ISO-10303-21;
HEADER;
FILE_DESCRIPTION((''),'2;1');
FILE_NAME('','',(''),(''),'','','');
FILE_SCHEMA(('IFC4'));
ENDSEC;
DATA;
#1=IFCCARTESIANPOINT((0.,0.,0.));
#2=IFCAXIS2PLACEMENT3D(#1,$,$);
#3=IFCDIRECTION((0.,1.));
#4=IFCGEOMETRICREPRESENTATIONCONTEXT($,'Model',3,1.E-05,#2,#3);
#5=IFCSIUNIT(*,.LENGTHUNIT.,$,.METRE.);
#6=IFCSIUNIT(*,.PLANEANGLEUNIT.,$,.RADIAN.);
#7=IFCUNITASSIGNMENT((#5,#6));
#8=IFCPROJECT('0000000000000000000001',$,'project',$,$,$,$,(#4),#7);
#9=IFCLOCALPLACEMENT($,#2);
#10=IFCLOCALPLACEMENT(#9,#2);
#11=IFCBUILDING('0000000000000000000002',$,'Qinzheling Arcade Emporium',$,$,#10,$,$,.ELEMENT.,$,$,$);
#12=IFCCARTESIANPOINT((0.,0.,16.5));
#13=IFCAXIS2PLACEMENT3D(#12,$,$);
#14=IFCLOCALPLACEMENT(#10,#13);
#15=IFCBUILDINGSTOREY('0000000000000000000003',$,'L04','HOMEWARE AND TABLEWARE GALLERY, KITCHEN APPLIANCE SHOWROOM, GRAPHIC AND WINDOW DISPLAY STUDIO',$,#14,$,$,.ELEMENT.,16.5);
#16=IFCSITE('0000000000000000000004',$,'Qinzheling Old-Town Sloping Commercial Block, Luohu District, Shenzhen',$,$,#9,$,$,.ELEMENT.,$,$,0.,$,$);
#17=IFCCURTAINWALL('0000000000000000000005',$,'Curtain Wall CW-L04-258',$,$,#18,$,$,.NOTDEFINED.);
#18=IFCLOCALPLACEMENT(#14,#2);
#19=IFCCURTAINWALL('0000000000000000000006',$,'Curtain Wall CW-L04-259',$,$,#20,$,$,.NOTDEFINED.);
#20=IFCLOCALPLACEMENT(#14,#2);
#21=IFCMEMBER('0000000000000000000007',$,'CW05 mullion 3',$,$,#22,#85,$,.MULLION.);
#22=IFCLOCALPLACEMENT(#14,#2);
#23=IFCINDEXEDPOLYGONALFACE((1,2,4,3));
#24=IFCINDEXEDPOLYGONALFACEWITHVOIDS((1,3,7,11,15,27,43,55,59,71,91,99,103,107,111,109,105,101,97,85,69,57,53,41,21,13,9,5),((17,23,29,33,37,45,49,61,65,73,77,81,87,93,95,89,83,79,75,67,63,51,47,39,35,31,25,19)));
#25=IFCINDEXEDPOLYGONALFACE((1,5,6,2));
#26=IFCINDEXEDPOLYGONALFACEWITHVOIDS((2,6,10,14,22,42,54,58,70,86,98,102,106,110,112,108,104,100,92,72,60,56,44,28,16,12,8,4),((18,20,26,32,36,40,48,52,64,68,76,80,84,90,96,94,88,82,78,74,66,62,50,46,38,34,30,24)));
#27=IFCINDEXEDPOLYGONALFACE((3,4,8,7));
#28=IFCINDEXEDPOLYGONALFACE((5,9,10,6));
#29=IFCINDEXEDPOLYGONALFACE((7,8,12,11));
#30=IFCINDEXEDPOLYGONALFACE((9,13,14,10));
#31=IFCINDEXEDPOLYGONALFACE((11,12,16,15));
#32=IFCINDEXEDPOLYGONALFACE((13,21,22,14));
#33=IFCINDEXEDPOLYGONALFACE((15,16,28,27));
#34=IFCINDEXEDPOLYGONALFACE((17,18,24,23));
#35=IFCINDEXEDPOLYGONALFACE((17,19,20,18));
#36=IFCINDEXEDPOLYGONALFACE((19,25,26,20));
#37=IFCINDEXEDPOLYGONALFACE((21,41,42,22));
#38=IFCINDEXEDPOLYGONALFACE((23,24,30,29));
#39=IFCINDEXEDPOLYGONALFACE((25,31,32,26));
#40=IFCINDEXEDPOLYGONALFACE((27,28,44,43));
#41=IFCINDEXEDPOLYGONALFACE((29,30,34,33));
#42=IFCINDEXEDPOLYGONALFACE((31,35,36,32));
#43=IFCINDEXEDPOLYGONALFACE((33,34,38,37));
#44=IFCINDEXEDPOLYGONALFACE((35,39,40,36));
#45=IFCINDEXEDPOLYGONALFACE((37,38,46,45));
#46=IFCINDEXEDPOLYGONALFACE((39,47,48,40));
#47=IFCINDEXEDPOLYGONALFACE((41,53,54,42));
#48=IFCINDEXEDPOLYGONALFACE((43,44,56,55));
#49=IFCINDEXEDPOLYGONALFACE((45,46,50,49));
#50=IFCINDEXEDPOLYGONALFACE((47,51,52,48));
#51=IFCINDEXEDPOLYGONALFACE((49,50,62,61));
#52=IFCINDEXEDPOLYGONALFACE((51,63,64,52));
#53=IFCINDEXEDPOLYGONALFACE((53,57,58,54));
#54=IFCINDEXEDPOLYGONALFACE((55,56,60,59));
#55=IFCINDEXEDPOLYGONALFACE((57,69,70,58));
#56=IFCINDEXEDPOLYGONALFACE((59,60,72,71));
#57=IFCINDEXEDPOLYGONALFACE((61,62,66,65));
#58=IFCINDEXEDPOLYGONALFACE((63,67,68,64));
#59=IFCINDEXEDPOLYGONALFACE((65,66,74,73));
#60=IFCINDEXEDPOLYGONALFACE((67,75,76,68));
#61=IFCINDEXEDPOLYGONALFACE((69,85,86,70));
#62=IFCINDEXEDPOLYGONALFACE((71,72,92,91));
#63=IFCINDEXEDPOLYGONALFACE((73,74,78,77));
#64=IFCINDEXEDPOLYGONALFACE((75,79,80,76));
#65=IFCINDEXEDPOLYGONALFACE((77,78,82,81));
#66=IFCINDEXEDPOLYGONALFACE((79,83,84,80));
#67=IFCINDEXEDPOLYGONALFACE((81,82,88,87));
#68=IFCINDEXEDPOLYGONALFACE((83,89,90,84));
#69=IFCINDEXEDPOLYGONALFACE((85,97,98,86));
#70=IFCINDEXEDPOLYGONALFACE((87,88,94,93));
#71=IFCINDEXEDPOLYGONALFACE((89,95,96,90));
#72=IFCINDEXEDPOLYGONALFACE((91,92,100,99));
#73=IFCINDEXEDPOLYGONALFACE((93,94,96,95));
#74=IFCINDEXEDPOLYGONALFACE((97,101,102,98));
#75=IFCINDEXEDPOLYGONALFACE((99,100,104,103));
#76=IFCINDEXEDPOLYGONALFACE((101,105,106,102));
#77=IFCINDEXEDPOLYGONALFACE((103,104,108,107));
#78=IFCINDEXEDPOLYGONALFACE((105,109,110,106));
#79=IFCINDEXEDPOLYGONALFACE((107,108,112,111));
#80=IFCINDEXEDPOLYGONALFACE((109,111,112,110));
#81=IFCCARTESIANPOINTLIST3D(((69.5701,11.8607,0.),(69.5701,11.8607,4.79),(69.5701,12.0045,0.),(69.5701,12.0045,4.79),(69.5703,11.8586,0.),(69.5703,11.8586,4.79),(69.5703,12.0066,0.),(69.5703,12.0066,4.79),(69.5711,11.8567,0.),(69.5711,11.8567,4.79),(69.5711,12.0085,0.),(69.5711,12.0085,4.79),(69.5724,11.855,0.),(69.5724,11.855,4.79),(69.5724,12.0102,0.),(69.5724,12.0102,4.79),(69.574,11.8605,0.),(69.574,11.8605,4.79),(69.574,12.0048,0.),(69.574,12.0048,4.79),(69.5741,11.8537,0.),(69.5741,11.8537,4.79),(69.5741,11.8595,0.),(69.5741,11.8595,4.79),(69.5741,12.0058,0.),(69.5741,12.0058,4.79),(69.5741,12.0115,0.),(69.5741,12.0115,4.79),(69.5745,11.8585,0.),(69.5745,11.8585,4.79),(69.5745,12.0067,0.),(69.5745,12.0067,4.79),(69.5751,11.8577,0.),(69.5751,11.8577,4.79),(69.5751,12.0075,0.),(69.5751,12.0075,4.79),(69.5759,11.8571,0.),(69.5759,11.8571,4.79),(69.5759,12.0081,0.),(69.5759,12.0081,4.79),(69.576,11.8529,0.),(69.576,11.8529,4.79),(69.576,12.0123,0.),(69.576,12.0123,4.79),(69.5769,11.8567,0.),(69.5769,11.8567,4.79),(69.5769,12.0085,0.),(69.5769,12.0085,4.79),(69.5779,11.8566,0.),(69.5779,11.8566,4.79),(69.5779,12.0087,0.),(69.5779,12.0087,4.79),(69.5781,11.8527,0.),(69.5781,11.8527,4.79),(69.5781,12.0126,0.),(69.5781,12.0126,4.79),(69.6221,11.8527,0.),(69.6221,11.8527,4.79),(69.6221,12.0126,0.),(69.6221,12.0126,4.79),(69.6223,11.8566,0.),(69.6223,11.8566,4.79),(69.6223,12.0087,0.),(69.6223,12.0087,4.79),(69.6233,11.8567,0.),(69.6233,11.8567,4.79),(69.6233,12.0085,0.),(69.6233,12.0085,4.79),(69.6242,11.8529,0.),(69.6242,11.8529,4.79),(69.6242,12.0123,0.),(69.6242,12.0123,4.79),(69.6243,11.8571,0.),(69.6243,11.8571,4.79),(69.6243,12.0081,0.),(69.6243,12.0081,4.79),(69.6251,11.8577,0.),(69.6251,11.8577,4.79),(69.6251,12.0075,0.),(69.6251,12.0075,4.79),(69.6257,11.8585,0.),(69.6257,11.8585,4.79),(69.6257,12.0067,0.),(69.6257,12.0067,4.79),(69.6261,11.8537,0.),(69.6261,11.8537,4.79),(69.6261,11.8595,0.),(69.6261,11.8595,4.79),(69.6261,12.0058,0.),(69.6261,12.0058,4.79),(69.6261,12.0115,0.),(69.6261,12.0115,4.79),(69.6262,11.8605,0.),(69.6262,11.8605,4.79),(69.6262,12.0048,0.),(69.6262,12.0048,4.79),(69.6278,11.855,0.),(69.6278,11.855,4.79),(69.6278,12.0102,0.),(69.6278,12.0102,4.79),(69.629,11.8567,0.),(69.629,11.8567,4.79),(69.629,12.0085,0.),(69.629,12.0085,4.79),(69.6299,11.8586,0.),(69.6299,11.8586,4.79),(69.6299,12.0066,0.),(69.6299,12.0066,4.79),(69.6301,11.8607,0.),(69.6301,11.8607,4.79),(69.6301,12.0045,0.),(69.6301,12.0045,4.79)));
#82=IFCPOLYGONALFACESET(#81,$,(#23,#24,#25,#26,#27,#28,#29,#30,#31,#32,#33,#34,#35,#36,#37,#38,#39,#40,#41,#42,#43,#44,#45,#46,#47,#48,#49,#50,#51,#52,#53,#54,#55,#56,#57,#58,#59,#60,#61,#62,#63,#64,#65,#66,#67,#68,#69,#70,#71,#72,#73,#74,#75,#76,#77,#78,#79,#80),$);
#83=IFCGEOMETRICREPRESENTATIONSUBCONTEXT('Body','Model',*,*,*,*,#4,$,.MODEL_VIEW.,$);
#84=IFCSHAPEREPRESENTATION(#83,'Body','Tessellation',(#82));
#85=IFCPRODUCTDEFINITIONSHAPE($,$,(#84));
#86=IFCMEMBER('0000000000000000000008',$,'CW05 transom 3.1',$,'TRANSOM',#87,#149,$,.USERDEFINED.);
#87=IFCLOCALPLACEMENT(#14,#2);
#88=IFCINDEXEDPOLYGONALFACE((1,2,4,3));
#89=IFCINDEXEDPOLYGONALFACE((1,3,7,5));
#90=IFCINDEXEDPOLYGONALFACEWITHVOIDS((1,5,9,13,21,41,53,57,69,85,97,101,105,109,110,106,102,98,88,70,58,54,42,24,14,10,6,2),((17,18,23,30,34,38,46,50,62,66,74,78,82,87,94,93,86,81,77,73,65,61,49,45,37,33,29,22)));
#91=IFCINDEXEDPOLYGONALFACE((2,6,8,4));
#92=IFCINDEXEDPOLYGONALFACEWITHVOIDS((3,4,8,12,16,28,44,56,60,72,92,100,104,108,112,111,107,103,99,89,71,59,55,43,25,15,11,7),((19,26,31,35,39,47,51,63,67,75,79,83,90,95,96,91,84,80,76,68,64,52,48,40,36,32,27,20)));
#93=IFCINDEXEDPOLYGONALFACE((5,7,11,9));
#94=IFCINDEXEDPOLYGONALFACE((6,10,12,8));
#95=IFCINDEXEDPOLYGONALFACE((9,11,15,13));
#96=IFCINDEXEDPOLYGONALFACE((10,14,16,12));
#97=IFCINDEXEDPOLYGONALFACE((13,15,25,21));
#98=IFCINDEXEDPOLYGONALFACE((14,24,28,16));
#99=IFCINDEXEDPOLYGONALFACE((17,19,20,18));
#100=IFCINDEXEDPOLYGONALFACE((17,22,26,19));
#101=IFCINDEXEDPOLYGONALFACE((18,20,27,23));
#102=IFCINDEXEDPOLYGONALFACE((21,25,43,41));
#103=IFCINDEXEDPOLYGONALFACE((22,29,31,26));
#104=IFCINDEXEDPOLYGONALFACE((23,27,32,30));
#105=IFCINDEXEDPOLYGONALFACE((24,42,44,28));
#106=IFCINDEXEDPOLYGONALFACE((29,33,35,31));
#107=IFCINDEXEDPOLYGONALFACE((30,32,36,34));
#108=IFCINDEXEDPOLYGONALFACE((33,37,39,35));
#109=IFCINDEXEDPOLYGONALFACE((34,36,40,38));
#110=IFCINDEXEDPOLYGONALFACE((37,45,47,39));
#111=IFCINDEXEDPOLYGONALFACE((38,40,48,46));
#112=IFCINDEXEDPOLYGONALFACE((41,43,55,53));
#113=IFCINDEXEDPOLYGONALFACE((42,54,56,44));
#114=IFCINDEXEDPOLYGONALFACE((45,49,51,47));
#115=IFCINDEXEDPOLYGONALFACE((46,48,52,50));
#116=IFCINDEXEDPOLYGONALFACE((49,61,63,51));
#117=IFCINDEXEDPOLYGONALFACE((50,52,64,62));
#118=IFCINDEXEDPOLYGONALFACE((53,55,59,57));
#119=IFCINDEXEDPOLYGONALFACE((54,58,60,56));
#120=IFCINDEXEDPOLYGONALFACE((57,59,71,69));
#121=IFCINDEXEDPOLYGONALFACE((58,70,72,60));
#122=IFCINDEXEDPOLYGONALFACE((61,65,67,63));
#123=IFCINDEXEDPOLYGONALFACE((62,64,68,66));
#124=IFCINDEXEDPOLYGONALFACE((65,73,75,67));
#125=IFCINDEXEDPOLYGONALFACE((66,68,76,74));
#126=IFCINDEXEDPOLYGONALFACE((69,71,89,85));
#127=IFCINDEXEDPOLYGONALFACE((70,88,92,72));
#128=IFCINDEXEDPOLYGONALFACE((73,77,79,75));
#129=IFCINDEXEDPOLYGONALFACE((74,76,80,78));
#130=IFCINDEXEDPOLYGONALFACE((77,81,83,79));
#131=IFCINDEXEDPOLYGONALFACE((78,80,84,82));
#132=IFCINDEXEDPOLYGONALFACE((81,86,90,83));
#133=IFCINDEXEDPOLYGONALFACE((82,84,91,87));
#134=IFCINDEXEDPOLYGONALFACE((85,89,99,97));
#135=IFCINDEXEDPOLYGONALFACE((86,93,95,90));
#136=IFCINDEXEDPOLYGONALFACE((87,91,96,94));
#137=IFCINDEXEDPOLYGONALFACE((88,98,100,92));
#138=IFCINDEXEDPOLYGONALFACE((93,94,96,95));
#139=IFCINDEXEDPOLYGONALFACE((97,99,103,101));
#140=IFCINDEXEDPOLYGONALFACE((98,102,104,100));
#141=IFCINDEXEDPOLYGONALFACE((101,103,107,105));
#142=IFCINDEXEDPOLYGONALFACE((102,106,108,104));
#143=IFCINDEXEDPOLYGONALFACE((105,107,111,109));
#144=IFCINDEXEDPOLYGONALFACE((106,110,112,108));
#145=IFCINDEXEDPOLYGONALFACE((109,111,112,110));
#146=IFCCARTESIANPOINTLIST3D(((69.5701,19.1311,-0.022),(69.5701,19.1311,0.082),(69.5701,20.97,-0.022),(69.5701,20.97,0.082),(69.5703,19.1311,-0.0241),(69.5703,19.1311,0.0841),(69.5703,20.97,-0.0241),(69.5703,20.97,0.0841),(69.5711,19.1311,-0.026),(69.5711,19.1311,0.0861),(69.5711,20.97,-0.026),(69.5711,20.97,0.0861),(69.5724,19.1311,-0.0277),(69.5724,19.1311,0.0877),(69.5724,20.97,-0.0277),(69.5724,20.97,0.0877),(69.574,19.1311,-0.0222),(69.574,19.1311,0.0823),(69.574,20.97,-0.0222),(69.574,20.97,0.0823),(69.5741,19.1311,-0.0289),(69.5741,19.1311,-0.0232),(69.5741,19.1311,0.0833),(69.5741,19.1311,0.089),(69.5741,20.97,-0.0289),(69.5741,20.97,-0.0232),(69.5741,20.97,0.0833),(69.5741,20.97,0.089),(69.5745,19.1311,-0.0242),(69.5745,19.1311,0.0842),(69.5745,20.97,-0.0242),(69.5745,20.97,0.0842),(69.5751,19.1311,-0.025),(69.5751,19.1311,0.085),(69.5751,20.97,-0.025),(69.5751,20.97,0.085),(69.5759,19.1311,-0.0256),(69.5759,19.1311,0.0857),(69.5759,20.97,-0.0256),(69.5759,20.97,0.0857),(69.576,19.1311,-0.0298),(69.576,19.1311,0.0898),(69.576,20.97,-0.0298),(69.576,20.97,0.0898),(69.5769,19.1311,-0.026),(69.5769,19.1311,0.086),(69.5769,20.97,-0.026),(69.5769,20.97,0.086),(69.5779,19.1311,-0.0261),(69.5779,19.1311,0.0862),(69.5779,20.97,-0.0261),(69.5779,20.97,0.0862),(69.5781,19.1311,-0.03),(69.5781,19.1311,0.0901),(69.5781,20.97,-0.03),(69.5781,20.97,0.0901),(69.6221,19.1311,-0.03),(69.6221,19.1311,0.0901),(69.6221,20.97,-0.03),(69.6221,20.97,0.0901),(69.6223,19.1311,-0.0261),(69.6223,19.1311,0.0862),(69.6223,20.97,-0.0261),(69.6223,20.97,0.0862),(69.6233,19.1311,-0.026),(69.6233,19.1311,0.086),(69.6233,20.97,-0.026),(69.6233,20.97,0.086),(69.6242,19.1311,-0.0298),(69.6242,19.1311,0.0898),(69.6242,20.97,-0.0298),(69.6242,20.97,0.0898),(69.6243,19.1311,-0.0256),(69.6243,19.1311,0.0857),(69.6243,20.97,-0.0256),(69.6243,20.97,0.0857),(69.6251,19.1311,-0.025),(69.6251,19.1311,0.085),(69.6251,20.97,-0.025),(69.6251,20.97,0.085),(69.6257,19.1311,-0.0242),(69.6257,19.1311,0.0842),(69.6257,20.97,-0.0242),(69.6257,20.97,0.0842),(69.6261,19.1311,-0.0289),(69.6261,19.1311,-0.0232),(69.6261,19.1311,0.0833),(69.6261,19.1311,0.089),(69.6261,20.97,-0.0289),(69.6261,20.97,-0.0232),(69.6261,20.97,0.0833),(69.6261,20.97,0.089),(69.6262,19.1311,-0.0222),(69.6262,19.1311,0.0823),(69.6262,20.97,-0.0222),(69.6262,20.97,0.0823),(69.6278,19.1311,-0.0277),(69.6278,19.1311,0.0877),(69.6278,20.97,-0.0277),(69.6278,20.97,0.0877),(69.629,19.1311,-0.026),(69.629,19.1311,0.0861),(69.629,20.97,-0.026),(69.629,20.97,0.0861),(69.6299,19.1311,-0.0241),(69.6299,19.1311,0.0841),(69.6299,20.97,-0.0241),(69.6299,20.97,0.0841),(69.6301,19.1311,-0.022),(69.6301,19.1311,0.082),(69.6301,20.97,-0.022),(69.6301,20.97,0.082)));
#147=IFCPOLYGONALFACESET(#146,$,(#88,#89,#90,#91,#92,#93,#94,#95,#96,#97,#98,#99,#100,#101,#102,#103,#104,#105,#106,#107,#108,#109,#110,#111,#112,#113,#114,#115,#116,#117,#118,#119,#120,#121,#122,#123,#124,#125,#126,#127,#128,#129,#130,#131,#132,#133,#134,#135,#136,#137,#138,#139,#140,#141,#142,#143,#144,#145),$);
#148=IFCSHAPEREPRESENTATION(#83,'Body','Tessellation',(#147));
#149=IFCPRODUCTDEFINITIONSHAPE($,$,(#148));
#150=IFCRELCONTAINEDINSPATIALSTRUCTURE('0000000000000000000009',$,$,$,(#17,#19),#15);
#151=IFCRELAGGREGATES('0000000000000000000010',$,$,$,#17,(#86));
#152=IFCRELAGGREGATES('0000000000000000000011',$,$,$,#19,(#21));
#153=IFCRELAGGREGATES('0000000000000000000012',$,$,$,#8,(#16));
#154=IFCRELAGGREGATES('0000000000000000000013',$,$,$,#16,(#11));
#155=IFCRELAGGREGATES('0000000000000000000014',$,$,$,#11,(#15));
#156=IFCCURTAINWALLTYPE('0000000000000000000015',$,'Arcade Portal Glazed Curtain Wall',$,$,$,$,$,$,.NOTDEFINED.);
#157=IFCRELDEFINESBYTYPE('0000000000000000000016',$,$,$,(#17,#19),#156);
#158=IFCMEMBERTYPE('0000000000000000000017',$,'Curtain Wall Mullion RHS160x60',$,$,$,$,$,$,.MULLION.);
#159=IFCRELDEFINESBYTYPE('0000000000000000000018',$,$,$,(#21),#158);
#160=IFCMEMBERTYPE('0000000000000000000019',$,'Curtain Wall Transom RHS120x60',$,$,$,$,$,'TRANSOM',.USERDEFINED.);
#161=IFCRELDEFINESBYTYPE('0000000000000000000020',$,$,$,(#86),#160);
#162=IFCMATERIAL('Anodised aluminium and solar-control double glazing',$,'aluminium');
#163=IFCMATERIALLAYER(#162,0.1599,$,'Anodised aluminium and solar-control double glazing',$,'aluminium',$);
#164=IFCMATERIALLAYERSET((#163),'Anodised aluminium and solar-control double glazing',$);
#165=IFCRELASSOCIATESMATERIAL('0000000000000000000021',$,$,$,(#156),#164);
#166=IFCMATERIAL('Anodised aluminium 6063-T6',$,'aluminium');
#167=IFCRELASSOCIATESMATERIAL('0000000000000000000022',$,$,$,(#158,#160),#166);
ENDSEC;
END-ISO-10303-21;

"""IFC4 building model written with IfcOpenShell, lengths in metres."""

from ifc_helpers import new_model, si_unit, direction, frame, origin, origin_2d, place, context, subcontext, project, spatial, hollow_rectangle, extrude, material, layer, layer_set, material_profile, profile_set, type_object, element, aggregate, save


model = new_model("IFC4")

# Units and contexts
model_context = context("Model", 3, precision=1e-05, world=origin(), true_north=direction((0.0, 1.0)))
body_context = subcontext(model_context, "Body", "Model", "MODEL_VIEW")
ifc_project = project(units=[si_unit("LENGTHUNIT", "METRE"), si_unit("PLANEANGLEUNIT", "RADIAN")], contexts=[model_context])

# Site, building, storey
site_placement = place(None, origin())
site = spatial("IfcSite", under=ifc_project, at=site_placement, Name="Qinzheling Old-Town Sloping Commercial Block, Luohu District, Shenzhen", CompositionType="ELEMENT", RefElevation=0.0)
building_placement = place(site_placement, origin())
building = spatial("IfcBuilding", under=site, at=building_placement, Name="Qinzheling Arcade Emporium", CompositionType="ELEMENT")
storey_placement = place(building_placement, frame((0.0, 0.0, 16.5)))
storey = spatial("IfcBuildingStorey", under=building, at=storey_placement, Name="L04", Description="HOMEWARE AND TABLEWARE GALLERY, KITCHEN APPLIANCE SHOWROOM, GRAPHIC AND WINDOW DISPLAY STUDIO", CompositionType="ELEMENT", Elevation=16.5)

# Curtain walls, member
ifc_material_1 = material(Name="Anodised aluminium and solar-control double glazing", Category="aluminium")
ifc_layer_1 = layer(ifc_material_1, 0.1599, Name="Anodised aluminium and solar-control double glazing", Category="aluminium")
ifc_layer_set_1 = layer_set([ifc_layer_1], Name="Anodised aluminium and solar-control double glazing")
curtain_wall_type = type_object("IfcCurtainWallType", Name="Arcade Portal Glazed Curtain Wall", PredefinedType="NOTDEFINED", material=ifc_layer_set_1)
curtain_wall_1_placement = place(storey_placement, origin())
curtain_wall_1 = element("IfcCurtainWall", 1, at=curtain_wall_1_placement, inside=storey, type_object=curtain_wall_type, Name="Curtain Wall CW-L04-258", PredefinedType="NOTDEFINED")
ifc_material_2 = material(Name="Anodised aluminium 6063-T6", Category="aluminium")
ifc_material_profile_1 = material_profile(ifc_material_2, hollow_rectangle(XDim=0.0601, YDim=0.1599, WallThickness=0.0039, InnerFilletRadius=0.0039, OuterFilletRadius=0.0081, at=origin_2d()), Name="RHS 160x60x4", Category="aluminium")
ifc_profile_set_1 = profile_set([ifc_material_profile_1], Name="Anodised aluminium 6063-T6")
member_type_1 = type_object("IfcMemberType", Name="Curtain Wall Mullion RHS160x60", PredefinedType="MULLION", material=ifc_profile_set_1)
curtain_wall_2_placement = place(storey_placement, origin())
curtain_wall_2 = element("IfcCurtainWall", 2, at=curtain_wall_2_placement, inside=storey, type_object=curtain_wall_type, Name="Curtain Wall CW-L04-259", PredefinedType="NOTDEFINED")
member_1_placement = place(storey_placement, frame((69.6001, 11.9326, 0.0), z_axis=(0.0, 0.0, 1.0), x_axis=(1.0, 0.0, 0.0)))
member_1 = element("IfcMember", 3, at=member_1_placement, type_object=member_type_1, Name="CW05 mullion 3", PredefinedType="MULLION", context=body_context, shape_type="SweptSolid", body=[
    extrude(hollow_rectangle(XDim=0.0601, YDim=0.1599, WallThickness=0.0039, InnerFilletRadius=0.0039, OuterFilletRadius=0.0081, at=origin_2d()), origin(), (0.0, 0.0, 1.0), 4.79),
])

# Member
ifc_material_profile_2 = material_profile(ifc_material_2, hollow_rectangle(XDim=0.0601, YDim=0.1201, WallThickness=0.0039, InnerFilletRadius=0.0039, OuterFilletRadius=0.0081, at=origin_2d()), Name="RHS 120x60x4", Category="aluminium")
ifc_profile_set_2 = profile_set([ifc_material_profile_2], Name="Anodised aluminium 6063-T6")
member_type_2 = type_object("IfcMemberType", Name="Curtain Wall Transom RHS120x60", ElementType="TRANSOM", PredefinedType="USERDEFINED", material=ifc_profile_set_2)
member_2_placement = place(storey_placement, frame((69.6001, 20.97, 0.03), z_axis=(0.0, -1.0, 0.0), x_axis=(1.0, 0.0, 0.0)))
member_2 = element("IfcMember", 4, at=member_2_placement, type_object=member_type_2, Name="CW05 transom 3.1", ObjectType="TRANSOM", PredefinedType="USERDEFINED", context=body_context, shape_type="SweptSolid", body=[
    extrude(hollow_rectangle(XDim=0.0601, YDim=0.1201, WallThickness=0.0039, InnerFilletRadius=0.0039, OuterFilletRadius=0.0081, at=origin_2d()), origin(), (0.0, 0.0, 1.0), 1.8389),
])

aggregate(curtain_wall_1, [member_2])
aggregate(curtain_wall_2, [member_1])

save(model, "model.ifc")
